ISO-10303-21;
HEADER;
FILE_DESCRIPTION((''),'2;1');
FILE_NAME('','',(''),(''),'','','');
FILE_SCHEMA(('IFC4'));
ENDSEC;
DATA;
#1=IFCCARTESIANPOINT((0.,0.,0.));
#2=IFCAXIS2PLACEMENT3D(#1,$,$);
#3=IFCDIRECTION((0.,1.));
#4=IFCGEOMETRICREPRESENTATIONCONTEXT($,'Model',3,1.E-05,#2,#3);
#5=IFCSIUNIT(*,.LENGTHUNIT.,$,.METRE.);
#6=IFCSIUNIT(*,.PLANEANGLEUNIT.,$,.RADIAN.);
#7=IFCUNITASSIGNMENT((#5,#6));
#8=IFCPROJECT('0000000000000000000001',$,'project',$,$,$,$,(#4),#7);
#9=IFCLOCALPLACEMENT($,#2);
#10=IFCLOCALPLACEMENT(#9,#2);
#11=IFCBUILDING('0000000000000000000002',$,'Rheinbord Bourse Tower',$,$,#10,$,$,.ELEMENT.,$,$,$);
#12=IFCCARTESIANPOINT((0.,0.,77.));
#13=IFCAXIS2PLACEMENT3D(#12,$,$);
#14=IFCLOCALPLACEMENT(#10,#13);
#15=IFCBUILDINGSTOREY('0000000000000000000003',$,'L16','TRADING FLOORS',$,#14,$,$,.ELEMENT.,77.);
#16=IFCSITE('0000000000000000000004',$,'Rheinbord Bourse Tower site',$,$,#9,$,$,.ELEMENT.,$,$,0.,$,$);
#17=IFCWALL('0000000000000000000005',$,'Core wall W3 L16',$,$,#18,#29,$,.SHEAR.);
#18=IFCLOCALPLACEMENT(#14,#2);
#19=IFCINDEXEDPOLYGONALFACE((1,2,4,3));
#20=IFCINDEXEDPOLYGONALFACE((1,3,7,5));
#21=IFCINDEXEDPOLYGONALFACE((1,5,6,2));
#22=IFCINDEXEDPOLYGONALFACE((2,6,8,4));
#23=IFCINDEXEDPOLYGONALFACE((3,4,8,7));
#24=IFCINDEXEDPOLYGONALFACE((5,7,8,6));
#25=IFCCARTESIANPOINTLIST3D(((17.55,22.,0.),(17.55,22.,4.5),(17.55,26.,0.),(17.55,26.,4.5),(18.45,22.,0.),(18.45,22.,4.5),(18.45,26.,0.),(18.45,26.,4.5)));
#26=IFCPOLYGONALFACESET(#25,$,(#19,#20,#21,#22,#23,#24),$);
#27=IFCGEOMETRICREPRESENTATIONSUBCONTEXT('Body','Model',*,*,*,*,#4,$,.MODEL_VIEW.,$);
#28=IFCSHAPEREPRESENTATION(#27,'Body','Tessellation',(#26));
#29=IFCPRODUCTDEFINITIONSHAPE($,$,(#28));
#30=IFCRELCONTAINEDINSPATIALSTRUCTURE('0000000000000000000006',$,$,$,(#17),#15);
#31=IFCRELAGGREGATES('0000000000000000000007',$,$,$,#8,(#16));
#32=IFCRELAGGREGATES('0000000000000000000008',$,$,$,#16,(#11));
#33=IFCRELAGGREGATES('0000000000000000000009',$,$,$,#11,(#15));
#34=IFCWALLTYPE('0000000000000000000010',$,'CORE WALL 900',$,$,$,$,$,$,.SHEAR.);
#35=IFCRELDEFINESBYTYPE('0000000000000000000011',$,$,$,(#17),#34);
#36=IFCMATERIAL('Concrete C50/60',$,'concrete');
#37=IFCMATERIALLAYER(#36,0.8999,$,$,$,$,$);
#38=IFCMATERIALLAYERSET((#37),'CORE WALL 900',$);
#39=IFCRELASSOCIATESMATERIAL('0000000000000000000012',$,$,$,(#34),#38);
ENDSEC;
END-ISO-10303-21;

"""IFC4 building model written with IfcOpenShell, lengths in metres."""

from ifc_helpers import new_model, si_unit, direction, frame, frame_2d, origin, place, context, subcontext, project, spatial, rectangle, extrude, material, layer, layer_set, type_object, element, save


model = new_model("IFC4")

# Units and contexts
model_context = context("Model", 3, precision=1e-05, world=origin(), true_north=direction((0.0, 1.0)))
body_context = subcontext(model_context, "Body", "Model", "MODEL_VIEW")
ifc_project = project(units=[si_unit("LENGTHUNIT", "METRE"), si_unit("PLANEANGLEUNIT", "RADIAN")], contexts=[model_context])

# Site, building, storey
site_placement = place(None, origin())
site = spatial("IfcSite", under=ifc_project, at=site_placement, Name="Rheinbord Bourse Tower site", CompositionType="ELEMENT", RefElevation=0.0)
building_placement = place(site_placement, origin())
building = spatial("IfcBuilding", under=site, at=building_placement, Name="Rheinbord Bourse Tower", CompositionType="ELEMENT")
storey_placement = place(building_placement, frame((0.0, 0.0, 77.0)))
storey = spatial("IfcBuildingStorey", under=building, at=storey_placement, Name="L16", Description="TRADING FLOORS", CompositionType="ELEMENT", Elevation=77.0)

# Shared definitions
ifc_material_1 = material(Name="Concrete C50/60", Category="concrete")
ifc_layer_1 = layer(ifc_material_1, 0.8999)
ifc_layer_set_1 = layer_set([ifc_layer_1], Name="CORE WALL 900")
wall_type_1 = type_object("IfcWallType", Name="CORE WALL 900", PredefinedType="SHEAR", material=ifc_layer_set_1)

# Wall
wall_1_placement = place(storey_placement, frame((18.0, 26.0, 0.0), z_axis=(0.0, 0.0, 1.0), x_axis=(0.0, -1.0, 0.0)))
element("IfcWall", 1, at=wall_1_placement, inside=storey, type_object=wall_type_1, Name="Core wall W3 L16", PredefinedType="SHEAR", context=body_context, shape_type="SweptSolid", body=[
    extrude(rectangle(XDim=4.0, YDim=0.8999, at=frame_2d((2.0, 0.0))), origin(), (0.0, 0.0, 1.0), 4.5),
])

save(model, "model.ifc")
